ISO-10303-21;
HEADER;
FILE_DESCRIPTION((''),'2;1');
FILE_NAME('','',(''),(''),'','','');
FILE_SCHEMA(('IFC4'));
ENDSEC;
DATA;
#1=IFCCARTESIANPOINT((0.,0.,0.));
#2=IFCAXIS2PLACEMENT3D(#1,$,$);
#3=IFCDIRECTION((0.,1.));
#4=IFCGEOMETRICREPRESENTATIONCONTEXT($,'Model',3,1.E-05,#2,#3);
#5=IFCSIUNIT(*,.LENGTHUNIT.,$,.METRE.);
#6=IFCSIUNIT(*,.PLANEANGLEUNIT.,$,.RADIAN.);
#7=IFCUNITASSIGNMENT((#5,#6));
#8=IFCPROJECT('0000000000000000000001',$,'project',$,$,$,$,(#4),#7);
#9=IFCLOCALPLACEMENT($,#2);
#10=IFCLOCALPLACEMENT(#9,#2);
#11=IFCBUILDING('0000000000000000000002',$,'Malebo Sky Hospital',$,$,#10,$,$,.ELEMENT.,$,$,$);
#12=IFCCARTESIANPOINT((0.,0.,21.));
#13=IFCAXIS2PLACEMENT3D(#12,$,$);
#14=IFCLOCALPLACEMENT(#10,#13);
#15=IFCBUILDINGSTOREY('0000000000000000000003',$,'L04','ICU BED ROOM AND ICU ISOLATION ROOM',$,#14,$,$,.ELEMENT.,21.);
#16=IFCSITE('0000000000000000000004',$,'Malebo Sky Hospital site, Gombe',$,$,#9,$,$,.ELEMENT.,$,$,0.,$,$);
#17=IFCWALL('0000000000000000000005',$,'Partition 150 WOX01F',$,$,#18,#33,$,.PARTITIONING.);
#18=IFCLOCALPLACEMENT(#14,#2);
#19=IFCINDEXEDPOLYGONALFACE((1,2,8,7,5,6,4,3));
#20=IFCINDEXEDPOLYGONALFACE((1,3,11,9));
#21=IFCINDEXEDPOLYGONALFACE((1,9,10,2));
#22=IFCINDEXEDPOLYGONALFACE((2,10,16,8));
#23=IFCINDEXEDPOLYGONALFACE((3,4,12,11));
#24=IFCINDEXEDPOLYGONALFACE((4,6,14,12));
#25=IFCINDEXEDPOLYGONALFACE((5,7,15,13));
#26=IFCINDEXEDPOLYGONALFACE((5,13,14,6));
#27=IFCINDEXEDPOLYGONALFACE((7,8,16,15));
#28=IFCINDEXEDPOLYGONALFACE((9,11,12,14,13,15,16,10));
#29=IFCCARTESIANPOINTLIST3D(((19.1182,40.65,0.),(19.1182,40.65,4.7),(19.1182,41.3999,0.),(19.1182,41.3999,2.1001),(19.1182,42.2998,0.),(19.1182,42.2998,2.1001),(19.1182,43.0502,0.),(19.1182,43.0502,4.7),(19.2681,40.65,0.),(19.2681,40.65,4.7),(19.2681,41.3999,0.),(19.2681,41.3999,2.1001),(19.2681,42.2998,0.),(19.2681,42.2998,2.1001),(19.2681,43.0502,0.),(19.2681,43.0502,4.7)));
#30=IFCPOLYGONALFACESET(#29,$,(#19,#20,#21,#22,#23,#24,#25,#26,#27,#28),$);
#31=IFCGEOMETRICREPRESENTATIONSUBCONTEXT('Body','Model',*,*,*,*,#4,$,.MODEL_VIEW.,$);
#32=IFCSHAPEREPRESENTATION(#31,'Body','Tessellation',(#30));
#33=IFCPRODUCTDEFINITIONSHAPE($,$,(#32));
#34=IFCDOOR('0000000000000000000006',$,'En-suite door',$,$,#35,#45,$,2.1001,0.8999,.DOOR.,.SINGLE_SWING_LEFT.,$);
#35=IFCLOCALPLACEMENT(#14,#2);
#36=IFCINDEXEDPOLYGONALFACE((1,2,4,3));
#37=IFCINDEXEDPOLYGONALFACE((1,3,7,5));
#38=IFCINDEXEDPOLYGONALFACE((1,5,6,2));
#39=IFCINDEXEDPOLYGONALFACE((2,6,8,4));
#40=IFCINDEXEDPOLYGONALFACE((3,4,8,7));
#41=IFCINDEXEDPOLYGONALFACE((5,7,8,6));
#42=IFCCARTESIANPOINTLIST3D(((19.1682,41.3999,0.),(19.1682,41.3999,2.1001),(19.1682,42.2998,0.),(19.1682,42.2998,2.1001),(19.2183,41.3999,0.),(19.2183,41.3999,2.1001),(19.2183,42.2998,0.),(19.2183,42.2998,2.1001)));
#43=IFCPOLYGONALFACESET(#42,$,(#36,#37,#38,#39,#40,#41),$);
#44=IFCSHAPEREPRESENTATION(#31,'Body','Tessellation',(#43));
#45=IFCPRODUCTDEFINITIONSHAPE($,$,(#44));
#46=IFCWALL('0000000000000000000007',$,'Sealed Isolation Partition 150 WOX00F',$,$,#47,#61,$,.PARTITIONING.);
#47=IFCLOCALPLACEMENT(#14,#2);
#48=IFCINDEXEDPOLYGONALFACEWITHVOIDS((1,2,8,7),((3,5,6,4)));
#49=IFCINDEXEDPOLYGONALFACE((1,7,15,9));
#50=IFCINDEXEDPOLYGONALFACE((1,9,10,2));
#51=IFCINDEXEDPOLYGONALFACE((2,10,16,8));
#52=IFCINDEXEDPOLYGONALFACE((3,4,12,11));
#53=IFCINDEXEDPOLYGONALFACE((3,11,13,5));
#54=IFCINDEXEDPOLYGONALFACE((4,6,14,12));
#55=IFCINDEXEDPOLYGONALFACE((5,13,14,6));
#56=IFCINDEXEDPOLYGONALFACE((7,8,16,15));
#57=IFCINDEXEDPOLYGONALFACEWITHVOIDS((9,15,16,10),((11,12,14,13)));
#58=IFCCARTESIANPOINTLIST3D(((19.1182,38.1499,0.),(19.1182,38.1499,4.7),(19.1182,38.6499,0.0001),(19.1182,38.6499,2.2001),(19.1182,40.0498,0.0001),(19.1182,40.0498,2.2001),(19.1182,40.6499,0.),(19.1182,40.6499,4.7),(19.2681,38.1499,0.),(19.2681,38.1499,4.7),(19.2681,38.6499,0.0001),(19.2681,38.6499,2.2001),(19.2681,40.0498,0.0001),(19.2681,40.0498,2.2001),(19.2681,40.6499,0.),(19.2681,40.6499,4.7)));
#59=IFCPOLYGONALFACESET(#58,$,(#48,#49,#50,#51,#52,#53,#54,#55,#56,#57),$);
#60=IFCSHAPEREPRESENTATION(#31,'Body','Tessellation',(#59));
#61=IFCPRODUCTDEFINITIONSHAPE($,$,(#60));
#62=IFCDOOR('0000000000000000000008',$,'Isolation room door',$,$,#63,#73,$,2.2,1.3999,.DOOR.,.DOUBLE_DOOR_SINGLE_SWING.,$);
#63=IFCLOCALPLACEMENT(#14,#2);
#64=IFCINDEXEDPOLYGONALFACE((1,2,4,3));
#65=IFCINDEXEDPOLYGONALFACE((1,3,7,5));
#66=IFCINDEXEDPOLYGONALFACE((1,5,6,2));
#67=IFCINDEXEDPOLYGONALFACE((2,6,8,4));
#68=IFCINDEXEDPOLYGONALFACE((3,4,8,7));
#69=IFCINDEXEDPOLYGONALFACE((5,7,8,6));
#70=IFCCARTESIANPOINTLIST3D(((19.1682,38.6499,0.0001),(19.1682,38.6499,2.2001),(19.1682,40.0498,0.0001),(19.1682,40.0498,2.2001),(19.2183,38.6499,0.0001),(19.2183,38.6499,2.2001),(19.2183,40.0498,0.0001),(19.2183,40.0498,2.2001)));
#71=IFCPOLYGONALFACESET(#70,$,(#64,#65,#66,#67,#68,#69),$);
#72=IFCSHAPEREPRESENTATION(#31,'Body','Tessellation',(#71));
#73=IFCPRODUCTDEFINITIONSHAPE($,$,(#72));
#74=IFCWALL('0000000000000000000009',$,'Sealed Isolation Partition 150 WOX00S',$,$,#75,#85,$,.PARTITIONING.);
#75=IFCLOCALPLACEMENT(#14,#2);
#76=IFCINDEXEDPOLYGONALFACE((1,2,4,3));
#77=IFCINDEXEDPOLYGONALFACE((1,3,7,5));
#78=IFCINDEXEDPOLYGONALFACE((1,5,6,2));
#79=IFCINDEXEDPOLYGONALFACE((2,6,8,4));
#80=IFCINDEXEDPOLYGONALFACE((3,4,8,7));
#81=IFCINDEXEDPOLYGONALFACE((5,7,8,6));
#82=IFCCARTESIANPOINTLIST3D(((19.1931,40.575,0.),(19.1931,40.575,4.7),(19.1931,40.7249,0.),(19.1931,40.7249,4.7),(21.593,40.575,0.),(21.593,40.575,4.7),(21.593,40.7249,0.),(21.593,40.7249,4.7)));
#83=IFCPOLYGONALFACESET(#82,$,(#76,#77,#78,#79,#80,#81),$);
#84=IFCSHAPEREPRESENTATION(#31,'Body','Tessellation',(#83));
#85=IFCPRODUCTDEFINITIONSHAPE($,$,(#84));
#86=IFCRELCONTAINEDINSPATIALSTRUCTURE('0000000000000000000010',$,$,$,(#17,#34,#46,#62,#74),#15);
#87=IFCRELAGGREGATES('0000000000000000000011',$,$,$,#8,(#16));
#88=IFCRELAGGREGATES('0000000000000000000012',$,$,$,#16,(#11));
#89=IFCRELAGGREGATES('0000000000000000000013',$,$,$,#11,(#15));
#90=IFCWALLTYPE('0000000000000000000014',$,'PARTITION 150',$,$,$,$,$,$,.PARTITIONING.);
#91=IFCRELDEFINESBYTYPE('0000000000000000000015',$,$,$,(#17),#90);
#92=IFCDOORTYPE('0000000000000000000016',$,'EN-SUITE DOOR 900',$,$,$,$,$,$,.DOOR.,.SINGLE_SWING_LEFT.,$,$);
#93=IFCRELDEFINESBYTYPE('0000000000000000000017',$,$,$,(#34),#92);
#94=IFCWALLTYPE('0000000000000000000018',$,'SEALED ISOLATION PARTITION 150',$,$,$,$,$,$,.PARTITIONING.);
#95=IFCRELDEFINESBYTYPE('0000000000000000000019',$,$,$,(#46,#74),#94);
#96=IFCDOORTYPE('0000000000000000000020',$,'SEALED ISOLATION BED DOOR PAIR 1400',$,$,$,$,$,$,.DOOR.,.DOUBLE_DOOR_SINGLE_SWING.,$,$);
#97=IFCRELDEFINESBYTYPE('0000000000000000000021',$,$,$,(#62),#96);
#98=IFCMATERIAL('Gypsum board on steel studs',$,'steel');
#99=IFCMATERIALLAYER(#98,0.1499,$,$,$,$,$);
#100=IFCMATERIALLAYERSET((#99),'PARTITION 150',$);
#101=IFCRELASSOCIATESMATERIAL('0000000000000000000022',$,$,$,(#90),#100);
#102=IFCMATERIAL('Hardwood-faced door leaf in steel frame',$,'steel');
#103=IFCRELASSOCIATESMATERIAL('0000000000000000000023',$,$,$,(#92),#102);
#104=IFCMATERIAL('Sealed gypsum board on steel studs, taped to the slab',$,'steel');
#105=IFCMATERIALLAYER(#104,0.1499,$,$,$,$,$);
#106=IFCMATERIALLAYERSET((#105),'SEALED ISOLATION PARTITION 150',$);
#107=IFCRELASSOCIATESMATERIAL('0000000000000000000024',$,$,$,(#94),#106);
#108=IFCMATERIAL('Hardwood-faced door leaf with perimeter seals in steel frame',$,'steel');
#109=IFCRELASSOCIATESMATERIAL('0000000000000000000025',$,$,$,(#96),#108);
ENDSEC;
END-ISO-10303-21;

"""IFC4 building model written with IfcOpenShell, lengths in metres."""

from ifc_helpers import new_model, si_unit, direction, frame, frame_2d, origin, place, context, subcontext, project, spatial, rectangle, extrude, material, layer, layer_set, type_object, element, fill, save


model = new_model("IFC4")

# Units and contexts
model_context = context("Model", 3, precision=1e-05, world=origin(), true_north=direction((0.0, 1.0)))
body_context = subcontext(model_context, "Body", "Model", "MODEL_VIEW")
ifc_project = project(units=[si_unit("LENGTHUNIT", "METRE"), si_unit("PLANEANGLEUNIT", "RADIAN")], contexts=[model_context])

# Site, building, storey
site_placement = place(None, origin())
site = spatial("IfcSite", under=ifc_project, at=site_placement, Name="Malebo Sky Hospital site, Gombe", CompositionType="ELEMENT", RefElevation=0.0)
building_placement = place(site_placement, origin())
building = spatial("IfcBuilding", under=site, at=building_placement, Name="Malebo Sky Hospital", CompositionType="ELEMENT")
storey_placement = place(building_placement, frame((0.0, 0.0, 21.0)))
storey = spatial("IfcBuildingStorey", under=building, at=storey_placement, Name="L04", Description="ICU BED ROOM AND ICU ISOLATION ROOM", CompositionType="ELEMENT", Elevation=21.0)

# Shared definitions
ifc_material_1 = material(Name="Gypsum board on steel studs", Category="steel")
ifc_material_2 = material(Name="Hardwood-faced door leaf in steel frame", Category="steel")

# Walls, openings, doors
ifc_layer_1 = layer(ifc_material_1, 0.1499)
ifc_layer_set_1 = layer_set([ifc_layer_1], Name="PARTITION 150")
wall_type_1 = type_object("IfcWallType", Name="PARTITION 150", PredefinedType="PARTITIONING", material=ifc_layer_set_1)
wall_1_placement = place(storey_placement, frame((19.1931, 40.6499, 0.0), z_axis=(0.0, 0.0, 1.0), x_axis=(0.0, 1.0, 0.0)))
wall_1 = element("IfcWall", 1, at=wall_1_placement, inside=storey, type_object=wall_type_1, Name="Partition 150 WOX01F", PredefinedType="PARTITIONING", context=body_context, shape_type="SweptSolid", body=[
    extrude(rectangle(XDim=2.4001, YDim=0.1499, at=frame_2d((1.2002, 0.0))), origin(), (0.0, 0.0, 1.0), 4.7),
])
opening_1_placement = place(wall_1_placement, frame((0.75, 0.0, 0.0)))
opening_1 = element("IfcOpeningElement", 2, at=opening_1_placement, cuts=wall_1, PredefinedType="OPENING", context=body_context, shape_type="SweptSolid", body=[
    extrude(rectangle(XDim=0.8999, YDim=2.1001, at=frame_2d((0.45, 1.05))), frame((0.0, 0.085, 0.0), z_axis=(0.0, -1.0, 0.0), x_axis=(1.0, 0.0, 0.0)), (0.0, 0.0, 1.0), 0.1699),
])
door_type_1 = type_object("IfcDoorType", Name="EN-SUITE DOOR 900", OperationType="SINGLE_SWING_LEFT", PredefinedType="DOOR", material=ifc_material_2)
door_1_placement = place(opening_1_placement, origin())
door_1 = element("IfcDoor", 3, at=door_1_placement, inside=storey, type_object=door_type_1, Name="En-suite door", OperationType="SINGLE_SWING_LEFT", OverallHeight=2.1001, OverallWidth=0.8999, PredefinedType="DOOR", context=body_context, shape_type="SweptSolid", body=[
    extrude(rectangle(XDim=0.8999, YDim=2.1001, at=frame_2d((0.45, 1.05))), frame((0.0, 0.0249, 0.0), z_axis=(0.0, -1.0, 0.0), x_axis=(1.0, 0.0, 0.0)), (0.0, 0.0, 1.0), 0.05),
])
fill(opening_1, door_1)
ifc_material_3 = material(Name="Sealed gypsum board on steel studs, taped to the slab", Category="steel")
ifc_layer_2 = layer(ifc_material_3, 0.1499)
ifc_layer_set_2 = layer_set([ifc_layer_2], Name="SEALED ISOLATION PARTITION 150")
wall_type_2 = type_object("IfcWallType", Name="SEALED ISOLATION PARTITION 150", PredefinedType="PARTITIONING", material=ifc_layer_set_2)
wall_2_placement = place(storey_placement, frame((19.1931, 38.1499, 0.0), z_axis=(0.0, 0.0, 1.0), x_axis=(0.0, 1.0, 0.0)))
wall_2 = element("IfcWall", 4, at=wall_2_placement, inside=storey, type_object=wall_type_2, Name="Sealed Isolation Partition 150 WOX00F", PredefinedType="PARTITIONING", context=body_context, shape_type="SweptSolid", body=[
    extrude(rectangle(XDim=2.5, YDim=0.1499, at=frame_2d((1.25, 0.0))), origin(), (0.0, 0.0, 1.0), 4.7),
])
opening_2_placement = place(wall_2_placement, frame((0.5, 0.0, 0.0)))
opening_2 = element("IfcOpeningElement", 5, at=opening_2_placement, cuts=wall_2, PredefinedType="OPENING", context=body_context, shape_type="SweptSolid", body=[
    extrude(rectangle(XDim=1.3999, YDim=2.2, at=frame_2d((0.7, 1.1001))), frame((0.0, 0.085, 0.0), z_axis=(0.0, -1.0, 0.0), x_axis=(1.0, 0.0, 0.0)), (0.0, 0.0, 1.0), 0.1699),
])
ifc_material_4 = material(Name="Hardwood-faced door leaf with perimeter seals in steel frame", Category="steel")
door_type_2 = type_object("IfcDoorType", Name="SEALED ISOLATION BED DOOR PAIR 1400", OperationType="DOUBLE_DOOR_SINGLE_SWING", PredefinedType="DOOR", material=ifc_material_4)
door_2_placement = place(opening_2_placement, origin())
door_2 = element("IfcDoor", 6, at=door_2_placement, inside=storey, type_object=door_type_2, Name="Isolation room door", OperationType="DOUBLE_DOOR_SINGLE_SWING", OverallHeight=2.2, OverallWidth=1.3999, PredefinedType="DOOR", context=body_context, shape_type="SweptSolid", body=[
    extrude(rectangle(XDim=1.3999, YDim=2.2, at=frame_2d((0.7, 1.1001))), frame((0.0, 0.0249, 0.0), z_axis=(0.0, -1.0, 0.0), x_axis=(1.0, 0.0, 0.0)), (0.0, 0.0, 1.0), 0.05),
])
fill(opening_2, door_2)

# Wall
wall_3_placement = place(storey_placement, frame((21.593, 40.6499, 0.0), z_axis=(0.0, 0.0, 1.0), x_axis=(-1.0, 0.0, 0.0)))
element("IfcWall", 7, at=wall_3_placement, inside=storey, type_object=wall_type_2, Name="Sealed Isolation Partition 150 WOX00S", PredefinedType="PARTITIONING", context=body_context, shape_type="SweptSolid", body=[
    extrude(rectangle(XDim=2.3999, YDim=0.1499, at=frame_2d((1.2, 0.0))), origin(), (0.0, 0.0, 1.0), 4.7),
])

save(model, "model.ifc")
